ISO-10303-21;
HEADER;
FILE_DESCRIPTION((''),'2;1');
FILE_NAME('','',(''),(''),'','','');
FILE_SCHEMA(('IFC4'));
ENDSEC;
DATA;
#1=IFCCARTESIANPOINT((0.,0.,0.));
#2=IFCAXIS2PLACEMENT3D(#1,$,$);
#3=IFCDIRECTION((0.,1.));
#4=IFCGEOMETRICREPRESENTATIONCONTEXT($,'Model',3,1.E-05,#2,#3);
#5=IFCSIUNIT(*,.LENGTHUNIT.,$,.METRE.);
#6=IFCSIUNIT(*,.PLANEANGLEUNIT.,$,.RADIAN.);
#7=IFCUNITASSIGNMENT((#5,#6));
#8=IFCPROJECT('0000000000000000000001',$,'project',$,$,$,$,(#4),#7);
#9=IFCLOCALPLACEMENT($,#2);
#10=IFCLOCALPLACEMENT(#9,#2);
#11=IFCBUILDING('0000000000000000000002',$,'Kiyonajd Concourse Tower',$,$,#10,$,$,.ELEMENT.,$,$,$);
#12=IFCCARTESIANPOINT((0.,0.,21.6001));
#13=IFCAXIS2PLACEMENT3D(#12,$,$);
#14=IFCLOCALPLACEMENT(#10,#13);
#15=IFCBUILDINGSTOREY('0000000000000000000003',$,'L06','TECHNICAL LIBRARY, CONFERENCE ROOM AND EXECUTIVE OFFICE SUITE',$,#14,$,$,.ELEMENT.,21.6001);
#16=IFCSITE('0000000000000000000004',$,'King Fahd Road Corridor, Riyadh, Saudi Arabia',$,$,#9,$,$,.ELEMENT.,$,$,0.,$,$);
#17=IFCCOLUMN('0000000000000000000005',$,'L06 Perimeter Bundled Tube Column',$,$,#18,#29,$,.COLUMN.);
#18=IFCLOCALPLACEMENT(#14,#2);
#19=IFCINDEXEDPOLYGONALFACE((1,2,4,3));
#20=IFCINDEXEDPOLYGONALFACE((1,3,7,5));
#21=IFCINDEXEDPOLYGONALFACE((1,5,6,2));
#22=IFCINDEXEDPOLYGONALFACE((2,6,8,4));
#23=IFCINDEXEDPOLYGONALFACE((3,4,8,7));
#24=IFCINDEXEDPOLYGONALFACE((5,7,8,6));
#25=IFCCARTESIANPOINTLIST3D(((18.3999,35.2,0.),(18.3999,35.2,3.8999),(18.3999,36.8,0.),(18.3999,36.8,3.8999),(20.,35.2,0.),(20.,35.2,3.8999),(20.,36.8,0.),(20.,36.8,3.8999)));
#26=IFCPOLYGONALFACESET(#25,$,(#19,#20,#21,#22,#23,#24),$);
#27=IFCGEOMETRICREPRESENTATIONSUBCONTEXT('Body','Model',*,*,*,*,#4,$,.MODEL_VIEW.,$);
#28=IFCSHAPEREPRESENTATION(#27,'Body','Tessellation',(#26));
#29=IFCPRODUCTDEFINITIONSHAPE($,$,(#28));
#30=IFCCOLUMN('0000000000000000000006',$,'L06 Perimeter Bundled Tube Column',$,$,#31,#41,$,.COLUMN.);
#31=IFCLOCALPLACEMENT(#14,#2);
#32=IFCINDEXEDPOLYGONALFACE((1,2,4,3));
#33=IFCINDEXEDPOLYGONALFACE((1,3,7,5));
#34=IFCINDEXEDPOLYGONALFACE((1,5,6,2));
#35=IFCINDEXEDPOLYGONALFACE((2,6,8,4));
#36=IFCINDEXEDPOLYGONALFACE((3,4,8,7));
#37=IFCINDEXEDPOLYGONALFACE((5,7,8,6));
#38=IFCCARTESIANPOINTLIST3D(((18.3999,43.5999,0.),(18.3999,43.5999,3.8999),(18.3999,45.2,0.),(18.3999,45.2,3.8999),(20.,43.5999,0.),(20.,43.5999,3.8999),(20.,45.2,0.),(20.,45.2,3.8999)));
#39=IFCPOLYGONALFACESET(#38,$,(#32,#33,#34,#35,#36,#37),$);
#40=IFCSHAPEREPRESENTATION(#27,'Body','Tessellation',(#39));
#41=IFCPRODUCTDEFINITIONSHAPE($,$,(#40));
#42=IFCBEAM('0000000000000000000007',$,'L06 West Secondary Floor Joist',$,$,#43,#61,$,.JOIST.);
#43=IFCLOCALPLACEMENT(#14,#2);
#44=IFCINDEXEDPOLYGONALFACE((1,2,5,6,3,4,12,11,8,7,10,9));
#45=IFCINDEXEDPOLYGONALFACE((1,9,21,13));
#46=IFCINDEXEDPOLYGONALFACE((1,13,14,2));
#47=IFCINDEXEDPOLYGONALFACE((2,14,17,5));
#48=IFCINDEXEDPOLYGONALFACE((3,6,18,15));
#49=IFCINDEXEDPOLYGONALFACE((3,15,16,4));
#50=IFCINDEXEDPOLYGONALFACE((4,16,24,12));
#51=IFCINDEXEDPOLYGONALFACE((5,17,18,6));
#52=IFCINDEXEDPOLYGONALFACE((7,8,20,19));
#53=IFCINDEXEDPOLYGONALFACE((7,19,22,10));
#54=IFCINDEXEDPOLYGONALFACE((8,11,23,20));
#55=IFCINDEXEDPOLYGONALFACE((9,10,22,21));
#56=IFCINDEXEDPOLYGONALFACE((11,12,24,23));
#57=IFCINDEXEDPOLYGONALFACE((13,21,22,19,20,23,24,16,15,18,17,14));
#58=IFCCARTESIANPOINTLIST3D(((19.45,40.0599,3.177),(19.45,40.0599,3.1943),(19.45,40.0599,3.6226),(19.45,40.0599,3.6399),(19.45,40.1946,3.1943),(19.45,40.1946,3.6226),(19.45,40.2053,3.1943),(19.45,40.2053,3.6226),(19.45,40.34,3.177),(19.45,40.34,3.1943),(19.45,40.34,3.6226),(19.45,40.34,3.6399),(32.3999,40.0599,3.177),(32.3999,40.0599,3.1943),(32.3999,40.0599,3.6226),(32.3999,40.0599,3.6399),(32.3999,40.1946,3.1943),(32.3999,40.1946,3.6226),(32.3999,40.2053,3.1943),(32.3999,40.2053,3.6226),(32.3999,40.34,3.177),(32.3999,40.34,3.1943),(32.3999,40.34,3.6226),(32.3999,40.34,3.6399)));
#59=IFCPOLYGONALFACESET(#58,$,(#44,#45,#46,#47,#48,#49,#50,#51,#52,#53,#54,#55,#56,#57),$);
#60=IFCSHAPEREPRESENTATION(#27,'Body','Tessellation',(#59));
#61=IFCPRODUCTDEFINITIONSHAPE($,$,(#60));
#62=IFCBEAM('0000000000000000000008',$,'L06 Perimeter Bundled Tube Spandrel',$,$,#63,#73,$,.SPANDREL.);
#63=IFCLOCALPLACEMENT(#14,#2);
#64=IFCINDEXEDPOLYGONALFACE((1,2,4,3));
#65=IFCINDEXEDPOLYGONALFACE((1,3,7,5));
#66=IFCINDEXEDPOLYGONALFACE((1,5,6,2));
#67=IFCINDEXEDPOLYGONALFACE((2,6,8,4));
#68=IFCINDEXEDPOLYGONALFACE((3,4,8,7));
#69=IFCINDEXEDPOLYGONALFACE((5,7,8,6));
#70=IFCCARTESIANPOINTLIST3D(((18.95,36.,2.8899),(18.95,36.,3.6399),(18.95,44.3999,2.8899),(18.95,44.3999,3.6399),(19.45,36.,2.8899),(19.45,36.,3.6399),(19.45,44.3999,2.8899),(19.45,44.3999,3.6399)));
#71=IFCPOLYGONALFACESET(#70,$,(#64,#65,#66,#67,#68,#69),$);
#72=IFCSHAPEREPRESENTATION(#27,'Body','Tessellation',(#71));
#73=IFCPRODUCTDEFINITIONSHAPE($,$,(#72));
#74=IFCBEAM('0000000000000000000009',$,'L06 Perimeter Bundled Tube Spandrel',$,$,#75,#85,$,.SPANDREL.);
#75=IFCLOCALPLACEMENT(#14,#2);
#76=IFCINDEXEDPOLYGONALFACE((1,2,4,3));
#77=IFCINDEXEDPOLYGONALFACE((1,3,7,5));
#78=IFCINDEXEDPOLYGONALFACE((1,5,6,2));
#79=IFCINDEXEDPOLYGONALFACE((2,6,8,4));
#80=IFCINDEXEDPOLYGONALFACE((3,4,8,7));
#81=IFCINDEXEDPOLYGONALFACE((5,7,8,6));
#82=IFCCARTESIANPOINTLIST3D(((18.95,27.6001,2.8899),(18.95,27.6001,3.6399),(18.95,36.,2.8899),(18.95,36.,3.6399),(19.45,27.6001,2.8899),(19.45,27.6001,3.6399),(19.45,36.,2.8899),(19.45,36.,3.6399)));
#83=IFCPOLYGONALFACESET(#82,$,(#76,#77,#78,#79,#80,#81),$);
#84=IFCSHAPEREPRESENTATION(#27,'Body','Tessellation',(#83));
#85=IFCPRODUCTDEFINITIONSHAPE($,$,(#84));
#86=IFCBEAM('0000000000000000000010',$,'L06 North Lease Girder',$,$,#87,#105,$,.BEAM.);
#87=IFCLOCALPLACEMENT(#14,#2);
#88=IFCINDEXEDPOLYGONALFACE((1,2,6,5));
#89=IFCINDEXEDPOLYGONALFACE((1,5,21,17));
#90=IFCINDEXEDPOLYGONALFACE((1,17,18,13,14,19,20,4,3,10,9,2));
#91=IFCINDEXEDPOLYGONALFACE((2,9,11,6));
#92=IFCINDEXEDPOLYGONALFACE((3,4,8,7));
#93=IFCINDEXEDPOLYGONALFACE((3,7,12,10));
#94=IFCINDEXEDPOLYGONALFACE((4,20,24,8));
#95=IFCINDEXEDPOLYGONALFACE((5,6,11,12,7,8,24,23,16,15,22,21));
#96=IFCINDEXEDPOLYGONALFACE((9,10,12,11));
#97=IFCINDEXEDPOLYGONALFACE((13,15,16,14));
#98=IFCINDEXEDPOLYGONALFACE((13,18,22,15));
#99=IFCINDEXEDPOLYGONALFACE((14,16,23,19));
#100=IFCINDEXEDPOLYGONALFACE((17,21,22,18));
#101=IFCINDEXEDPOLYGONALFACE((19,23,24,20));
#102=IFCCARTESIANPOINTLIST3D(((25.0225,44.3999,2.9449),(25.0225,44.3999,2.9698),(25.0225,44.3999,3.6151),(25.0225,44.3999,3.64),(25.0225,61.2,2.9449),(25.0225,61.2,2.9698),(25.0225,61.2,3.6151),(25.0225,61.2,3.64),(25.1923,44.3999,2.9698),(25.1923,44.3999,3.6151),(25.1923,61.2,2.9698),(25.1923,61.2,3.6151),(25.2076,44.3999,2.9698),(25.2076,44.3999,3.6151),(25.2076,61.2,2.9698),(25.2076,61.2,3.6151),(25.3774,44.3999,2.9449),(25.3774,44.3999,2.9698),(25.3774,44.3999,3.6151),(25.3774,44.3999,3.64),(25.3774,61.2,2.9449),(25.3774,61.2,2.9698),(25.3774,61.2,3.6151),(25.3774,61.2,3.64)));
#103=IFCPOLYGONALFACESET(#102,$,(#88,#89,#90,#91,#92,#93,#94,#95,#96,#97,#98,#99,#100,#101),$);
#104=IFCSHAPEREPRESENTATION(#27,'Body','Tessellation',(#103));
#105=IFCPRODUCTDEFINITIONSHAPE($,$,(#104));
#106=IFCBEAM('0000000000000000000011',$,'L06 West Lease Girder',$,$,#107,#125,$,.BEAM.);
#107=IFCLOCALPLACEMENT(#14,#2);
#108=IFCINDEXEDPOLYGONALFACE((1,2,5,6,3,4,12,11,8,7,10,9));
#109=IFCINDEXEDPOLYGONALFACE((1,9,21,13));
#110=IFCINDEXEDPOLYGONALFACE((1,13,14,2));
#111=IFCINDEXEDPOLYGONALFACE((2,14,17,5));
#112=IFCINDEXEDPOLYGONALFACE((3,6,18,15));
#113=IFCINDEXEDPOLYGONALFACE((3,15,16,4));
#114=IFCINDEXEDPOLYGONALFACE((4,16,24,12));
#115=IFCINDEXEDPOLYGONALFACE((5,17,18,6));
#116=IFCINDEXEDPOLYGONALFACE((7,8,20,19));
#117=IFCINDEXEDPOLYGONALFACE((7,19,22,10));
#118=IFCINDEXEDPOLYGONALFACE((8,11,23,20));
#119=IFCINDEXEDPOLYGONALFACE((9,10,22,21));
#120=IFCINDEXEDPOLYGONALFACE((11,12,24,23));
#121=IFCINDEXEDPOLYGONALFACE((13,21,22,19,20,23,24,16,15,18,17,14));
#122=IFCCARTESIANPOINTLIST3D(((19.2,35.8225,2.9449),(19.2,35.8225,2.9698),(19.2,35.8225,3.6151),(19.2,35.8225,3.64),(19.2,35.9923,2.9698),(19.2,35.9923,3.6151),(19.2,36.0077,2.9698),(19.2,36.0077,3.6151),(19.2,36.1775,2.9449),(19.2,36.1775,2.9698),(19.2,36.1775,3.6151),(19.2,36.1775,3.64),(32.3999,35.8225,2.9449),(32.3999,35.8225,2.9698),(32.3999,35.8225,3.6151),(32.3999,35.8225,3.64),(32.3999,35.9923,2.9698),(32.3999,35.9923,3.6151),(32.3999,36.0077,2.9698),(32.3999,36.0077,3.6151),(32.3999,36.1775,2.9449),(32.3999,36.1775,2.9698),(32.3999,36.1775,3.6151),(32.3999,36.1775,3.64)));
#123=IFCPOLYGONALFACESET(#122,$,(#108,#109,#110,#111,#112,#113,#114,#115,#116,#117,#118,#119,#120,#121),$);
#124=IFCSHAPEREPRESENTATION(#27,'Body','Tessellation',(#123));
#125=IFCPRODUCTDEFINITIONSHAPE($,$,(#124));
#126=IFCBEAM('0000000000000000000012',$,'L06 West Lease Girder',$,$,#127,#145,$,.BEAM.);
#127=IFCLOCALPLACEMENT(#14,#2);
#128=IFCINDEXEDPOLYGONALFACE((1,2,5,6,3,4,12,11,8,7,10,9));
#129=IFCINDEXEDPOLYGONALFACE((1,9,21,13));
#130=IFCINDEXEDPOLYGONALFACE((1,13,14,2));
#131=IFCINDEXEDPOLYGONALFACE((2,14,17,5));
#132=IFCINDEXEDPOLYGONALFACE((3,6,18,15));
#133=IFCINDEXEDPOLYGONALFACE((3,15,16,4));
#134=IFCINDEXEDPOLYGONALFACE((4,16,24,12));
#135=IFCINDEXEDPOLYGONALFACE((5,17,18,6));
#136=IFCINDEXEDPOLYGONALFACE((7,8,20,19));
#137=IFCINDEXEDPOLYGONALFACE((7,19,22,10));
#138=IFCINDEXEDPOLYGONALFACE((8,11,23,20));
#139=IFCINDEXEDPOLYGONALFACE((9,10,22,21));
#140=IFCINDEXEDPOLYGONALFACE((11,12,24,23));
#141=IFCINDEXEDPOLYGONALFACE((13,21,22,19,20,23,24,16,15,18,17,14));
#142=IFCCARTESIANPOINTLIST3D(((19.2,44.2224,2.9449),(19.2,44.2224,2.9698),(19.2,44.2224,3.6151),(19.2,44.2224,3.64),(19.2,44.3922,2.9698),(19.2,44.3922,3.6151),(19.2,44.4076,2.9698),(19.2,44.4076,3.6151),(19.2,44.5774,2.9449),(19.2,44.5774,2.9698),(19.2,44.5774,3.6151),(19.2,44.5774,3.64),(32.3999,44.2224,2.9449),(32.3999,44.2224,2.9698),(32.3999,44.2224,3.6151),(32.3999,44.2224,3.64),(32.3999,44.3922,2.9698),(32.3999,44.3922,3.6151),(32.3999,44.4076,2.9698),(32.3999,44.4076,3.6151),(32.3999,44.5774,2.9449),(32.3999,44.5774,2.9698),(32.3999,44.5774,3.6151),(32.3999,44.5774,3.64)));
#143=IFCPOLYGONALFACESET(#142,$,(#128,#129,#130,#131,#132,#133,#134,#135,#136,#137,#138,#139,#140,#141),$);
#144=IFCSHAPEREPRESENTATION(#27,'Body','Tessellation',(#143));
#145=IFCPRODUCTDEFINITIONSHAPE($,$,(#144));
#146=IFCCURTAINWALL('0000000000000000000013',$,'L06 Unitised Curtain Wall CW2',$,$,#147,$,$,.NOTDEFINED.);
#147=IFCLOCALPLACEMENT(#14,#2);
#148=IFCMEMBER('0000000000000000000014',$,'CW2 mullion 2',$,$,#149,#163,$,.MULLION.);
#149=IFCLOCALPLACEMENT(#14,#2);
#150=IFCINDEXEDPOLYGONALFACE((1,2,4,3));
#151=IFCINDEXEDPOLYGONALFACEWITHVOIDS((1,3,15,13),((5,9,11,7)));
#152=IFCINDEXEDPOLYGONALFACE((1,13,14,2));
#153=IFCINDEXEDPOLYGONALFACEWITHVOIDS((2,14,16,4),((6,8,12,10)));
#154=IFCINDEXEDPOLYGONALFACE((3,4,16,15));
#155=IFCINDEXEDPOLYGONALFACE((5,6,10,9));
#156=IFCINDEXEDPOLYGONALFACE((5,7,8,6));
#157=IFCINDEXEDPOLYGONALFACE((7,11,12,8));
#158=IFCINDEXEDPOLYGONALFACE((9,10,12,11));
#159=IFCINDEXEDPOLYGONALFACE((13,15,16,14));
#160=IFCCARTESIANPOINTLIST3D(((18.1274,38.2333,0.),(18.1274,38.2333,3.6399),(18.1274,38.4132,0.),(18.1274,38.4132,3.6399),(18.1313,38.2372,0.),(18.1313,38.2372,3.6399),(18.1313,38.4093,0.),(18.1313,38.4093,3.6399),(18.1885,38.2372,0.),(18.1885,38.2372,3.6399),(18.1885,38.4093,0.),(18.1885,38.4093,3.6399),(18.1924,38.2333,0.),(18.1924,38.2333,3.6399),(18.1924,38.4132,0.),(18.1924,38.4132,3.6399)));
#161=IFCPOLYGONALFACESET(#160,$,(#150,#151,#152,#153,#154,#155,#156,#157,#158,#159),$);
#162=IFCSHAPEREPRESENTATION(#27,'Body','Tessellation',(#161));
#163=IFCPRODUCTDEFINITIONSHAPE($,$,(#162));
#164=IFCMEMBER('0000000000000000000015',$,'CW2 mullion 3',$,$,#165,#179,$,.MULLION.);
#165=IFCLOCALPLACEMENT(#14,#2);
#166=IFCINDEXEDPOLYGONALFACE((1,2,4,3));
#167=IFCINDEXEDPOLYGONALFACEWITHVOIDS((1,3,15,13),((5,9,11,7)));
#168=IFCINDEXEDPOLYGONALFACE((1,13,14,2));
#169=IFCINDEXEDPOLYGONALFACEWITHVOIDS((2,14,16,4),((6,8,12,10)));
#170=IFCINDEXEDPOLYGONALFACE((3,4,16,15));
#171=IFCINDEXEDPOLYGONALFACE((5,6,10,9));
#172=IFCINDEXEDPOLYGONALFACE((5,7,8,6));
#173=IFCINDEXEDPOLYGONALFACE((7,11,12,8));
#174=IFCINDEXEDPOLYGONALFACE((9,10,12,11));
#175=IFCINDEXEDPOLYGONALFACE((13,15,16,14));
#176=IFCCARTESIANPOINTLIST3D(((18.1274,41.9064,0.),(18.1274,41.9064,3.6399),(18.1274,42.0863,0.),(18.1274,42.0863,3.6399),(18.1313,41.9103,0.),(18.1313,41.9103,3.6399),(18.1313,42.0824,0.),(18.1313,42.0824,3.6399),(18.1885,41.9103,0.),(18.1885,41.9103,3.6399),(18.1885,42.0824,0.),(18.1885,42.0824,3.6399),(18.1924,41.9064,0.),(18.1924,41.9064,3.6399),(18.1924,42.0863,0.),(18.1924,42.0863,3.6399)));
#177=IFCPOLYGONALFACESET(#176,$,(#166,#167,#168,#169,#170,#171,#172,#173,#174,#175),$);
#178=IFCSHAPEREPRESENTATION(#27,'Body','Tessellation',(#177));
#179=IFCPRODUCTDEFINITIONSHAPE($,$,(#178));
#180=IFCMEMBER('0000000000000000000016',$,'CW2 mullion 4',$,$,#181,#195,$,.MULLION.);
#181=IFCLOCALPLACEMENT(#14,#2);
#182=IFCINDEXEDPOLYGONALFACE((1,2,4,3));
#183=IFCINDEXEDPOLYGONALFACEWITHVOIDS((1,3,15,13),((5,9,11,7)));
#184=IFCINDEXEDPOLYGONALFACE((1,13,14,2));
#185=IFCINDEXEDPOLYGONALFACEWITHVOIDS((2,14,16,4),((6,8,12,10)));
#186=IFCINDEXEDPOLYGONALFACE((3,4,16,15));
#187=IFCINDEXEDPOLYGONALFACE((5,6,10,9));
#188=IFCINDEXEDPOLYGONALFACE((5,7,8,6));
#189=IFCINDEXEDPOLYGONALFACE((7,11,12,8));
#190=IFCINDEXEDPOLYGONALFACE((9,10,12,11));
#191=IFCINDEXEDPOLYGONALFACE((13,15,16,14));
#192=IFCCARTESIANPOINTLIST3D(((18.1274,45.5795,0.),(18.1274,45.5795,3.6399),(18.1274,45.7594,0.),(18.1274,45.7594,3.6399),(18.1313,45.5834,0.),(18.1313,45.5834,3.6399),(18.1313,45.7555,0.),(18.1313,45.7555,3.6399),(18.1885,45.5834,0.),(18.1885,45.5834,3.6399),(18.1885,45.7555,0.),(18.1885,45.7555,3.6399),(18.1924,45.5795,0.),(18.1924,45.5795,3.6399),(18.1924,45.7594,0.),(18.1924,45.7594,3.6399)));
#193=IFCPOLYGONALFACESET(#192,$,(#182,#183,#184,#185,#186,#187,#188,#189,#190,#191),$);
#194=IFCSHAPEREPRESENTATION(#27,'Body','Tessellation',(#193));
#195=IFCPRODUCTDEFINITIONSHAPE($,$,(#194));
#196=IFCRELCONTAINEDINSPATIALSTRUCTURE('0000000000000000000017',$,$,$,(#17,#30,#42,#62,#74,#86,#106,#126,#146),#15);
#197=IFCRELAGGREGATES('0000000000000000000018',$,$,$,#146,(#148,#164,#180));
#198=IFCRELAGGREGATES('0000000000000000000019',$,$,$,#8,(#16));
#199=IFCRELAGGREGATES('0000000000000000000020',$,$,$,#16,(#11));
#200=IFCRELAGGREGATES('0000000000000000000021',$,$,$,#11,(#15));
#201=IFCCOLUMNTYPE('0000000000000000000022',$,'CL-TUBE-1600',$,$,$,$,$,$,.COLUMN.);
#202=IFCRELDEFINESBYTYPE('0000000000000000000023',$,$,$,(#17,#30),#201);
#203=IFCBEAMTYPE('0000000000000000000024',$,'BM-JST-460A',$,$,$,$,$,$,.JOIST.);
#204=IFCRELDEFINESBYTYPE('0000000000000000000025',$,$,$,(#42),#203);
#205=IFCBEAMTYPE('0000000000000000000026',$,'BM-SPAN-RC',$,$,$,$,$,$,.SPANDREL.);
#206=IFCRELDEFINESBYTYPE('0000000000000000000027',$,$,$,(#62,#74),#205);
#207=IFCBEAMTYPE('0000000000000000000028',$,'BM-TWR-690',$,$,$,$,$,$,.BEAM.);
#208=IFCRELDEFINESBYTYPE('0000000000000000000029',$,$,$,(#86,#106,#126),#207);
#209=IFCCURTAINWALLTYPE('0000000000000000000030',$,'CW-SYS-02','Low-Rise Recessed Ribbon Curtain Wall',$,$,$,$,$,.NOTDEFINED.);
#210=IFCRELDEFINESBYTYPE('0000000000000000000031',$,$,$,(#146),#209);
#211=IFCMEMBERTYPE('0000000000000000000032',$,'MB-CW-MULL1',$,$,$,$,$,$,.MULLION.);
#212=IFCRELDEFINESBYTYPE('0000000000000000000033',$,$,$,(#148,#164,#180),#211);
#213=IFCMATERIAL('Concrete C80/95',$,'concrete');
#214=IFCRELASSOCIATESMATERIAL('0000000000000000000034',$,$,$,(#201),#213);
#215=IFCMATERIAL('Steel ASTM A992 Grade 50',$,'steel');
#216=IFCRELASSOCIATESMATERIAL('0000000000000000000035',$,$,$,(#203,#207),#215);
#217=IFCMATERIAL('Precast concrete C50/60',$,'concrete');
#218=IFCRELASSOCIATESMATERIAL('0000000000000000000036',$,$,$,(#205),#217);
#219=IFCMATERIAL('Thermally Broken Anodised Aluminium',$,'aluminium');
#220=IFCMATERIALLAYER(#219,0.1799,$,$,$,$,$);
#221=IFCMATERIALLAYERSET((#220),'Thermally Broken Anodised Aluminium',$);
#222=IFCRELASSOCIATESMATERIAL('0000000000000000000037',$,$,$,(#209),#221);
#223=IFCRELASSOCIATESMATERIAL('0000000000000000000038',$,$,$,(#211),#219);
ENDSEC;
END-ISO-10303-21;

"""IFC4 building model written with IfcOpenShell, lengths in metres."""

from ifc_helpers import new_model, si_unit, direction, frame, origin, origin_2d, place, context, subcontext, project, spatial, rectangle, hollow_rectangle, i_section, extrude, material, layer, layer_set, material_profile, profile_set, type_object, element, aggregate, save


model = new_model("IFC4")

# Units and contexts
model_context = context("Model", 3, precision=1e-05, world=origin(), true_north=direction((0.0, 1.0)))
body_context = subcontext(model_context, "Body", "Model", "MODEL_VIEW")
ifc_project = project(units=[si_unit("LENGTHUNIT", "METRE"), si_unit("PLANEANGLEUNIT", "RADIAN")], contexts=[model_context])

# Site, building, storey
site_placement = place(None, origin())
site = spatial("IfcSite", under=ifc_project, at=site_placement, Name="King Fahd Road Corridor, Riyadh, Saudi Arabia", CompositionType="ELEMENT", RefElevation=0.0)
building_placement = place(site_placement, origin())
building = spatial("IfcBuilding", under=site, at=building_placement, Name="Kiyonajd Concourse Tower", CompositionType="ELEMENT")
storey_placement = place(building_placement, frame((0.0, 0.0, 21.6001)))
storey = spatial("IfcBuildingStorey", under=building, at=storey_placement, Name="L06", Description="TECHNICAL LIBRARY, CONFERENCE ROOM AND EXECUTIVE OFFICE SUITE", CompositionType="ELEMENT", Elevation=21.6001)

# Columns
ifc_material_1 = material(Name="Concrete C80/95", Category="concrete")
ifc_material_profile_1 = material_profile(ifc_material_1, rectangle(XDim=1.6001, YDim=1.6001, at=origin_2d()), Name="RC-1600x1600")
ifc_profile_set_1 = profile_set([ifc_material_profile_1], Name="Concrete C80/95")
column_type = type_object("IfcColumnType", Name="CL-TUBE-1600", PredefinedType="COLUMN", material=ifc_profile_set_1)
for number, where, z_axis, x_axis, name in (
    (1, (19.2, 36.0, 0.0), (0.0, 0.0, 1.0), (1.0, 0.0, 0.0), "L06 Perimeter Bundled Tube Column"),
    (2, (19.2, 44.3999, 0.0), (0.0, 0.0, 1.0), (1.0, 0.0, 0.0), "L06 Perimeter Bundled Tube Column"),
):
    element("IfcColumn", number, at=place(storey_placement, frame(where, z_axis=z_axis, x_axis=x_axis)), inside=storey, type_object=column_type, Name=name, PredefinedType="COLUMN", context=body_context, shape_type="SweptSolid", body=[
        extrude(rectangle(XDim=1.6001, YDim=1.6001, at=origin_2d()), origin(), (0.0, 0.0, 1.0), 3.8999),
    ])

# Beams
ifc_material_2 = material(Name="Steel ASTM A992 Grade 50", Category="steel")
ifc_material_profile_2 = material_profile(ifc_material_2, i_section(OverallWidth=0.28, OverallDepth=0.4629, WebThickness=0.0107, FlangeThickness=0.0173, at=origin_2d()), Name="W460X113")
ifc_profile_set_2 = profile_set([ifc_material_profile_2], Name="Steel ASTM A992 Grade 50")
beam_type_1 = type_object("IfcBeamType", Name="BM-JST-460A", PredefinedType="JOIST", material=ifc_profile_set_2)
beam_1_placement = place(storey_placement, frame((19.45, 40.2, 3.4084), z_axis=(1.0, 0.0, 0.0), x_axis=(0.0, 1.0, 0.0)))
element("IfcBeam", 3, at=beam_1_placement, inside=storey, type_object=beam_type_1, Name="L06 West Secondary Floor Joist", PredefinedType="JOIST", context=body_context, shape_type="SweptSolid", body=[
    extrude(i_section(OverallWidth=0.28, OverallDepth=0.4629, WebThickness=0.0107, FlangeThickness=0.0173, at=origin_2d()), origin(), (0.0, 0.0, 1.0), 12.95),
])
ifc_material_3 = material(Name="Precast concrete C50/60", Category="concrete")
ifc_material_profile_3 = material_profile(ifc_material_3, rectangle(XDim=0.5, YDim=0.75, at=origin_2d()), Name="RCBM-500x750")
ifc_profile_set_3 = profile_set([ifc_material_profile_3], Name="Precast concrete C50/60")
beam_type_2 = type_object("IfcBeamType", Name="BM-SPAN-RC", PredefinedType="SPANDREL", material=ifc_profile_set_3)
for number, where, z_axis, x_axis, name in (
    (4, (19.2, 44.3999, 3.2649), (0.0, -1.0, 0.0), (1.0, 0.0, 0.0), "L06 Perimeter Bundled Tube Spandrel"),
    (5, (19.2, 36.0, 3.2649), (0.0, -1.0, 0.0), (1.0, 0.0, 0.0), "L06 Perimeter Bundled Tube Spandrel"),
):
    element("IfcBeam", number, at=place(storey_placement, frame(where, z_axis=z_axis, x_axis=x_axis)), inside=storey, type_object=beam_type_2, Name=name, PredefinedType="SPANDREL", context=body_context, shape_type="SweptSolid", body=[
        extrude(rectangle(XDim=0.5, YDim=0.75, at=origin_2d()), origin(), (0.0, 0.0, 1.0), 8.3999),
    ])
ifc_material_profile_4 = material_profile(ifc_material_2, i_section(OverallWidth=0.355, OverallDepth=0.6951, WebThickness=0.0154, FlangeThickness=0.0249, at=origin_2d()), Name="W690X217")
ifc_profile_set_4 = profile_set([ifc_material_profile_4], Name="Steel ASTM A992 Grade 50")
beam_type_3 = type_object("IfcBeamType", Name="BM-TWR-690", PredefinedType="BEAM", material=ifc_profile_set_4)
beam_2_placement = place(storey_placement, frame((25.2, 44.3999, 3.2925), z_axis=(0.0, 1.0, 0.0), x_axis=(-1.0, 0.0, 0.0)))
element("IfcBeam", 6, at=beam_2_placement, inside=storey, type_object=beam_type_3, Name="L06 North Lease Girder", PredefinedType="BEAM", context=body_context, shape_type="SweptSolid", body=[
    extrude(i_section(OverallWidth=0.355, OverallDepth=0.6951, WebThickness=0.0154, FlangeThickness=0.0249, at=origin_2d()), origin(), (0.0, 0.0, 1.0), 16.8),
])
for number, where, z_axis, x_axis, name in (
    (7, (19.2, 36.0, 3.2925), (1.0, 0.0, 0.0), (0.0, 1.0, 0.0), "L06 West Lease Girder"),
    (8, (19.2, 44.3999, 3.2925), (1.0, 0.0, 0.0), (0.0, 1.0, 0.0), "L06 West Lease Girder"),
):
    element("IfcBeam", number, at=place(storey_placement, frame(where, z_axis=z_axis, x_axis=x_axis)), inside=storey, type_object=beam_type_3, Name=name, PredefinedType="BEAM", context=body_context, shape_type="SweptSolid", body=[
        extrude(i_section(OverallWidth=0.355, OverallDepth=0.6951, WebThickness=0.0154, FlangeThickness=0.0249, at=origin_2d()), origin(), (0.0, 0.0, 1.0), 13.2),
    ])

# Curtain wall, members
ifc_material_4 = material(Name="Thermally Broken Anodised Aluminium", Category="aluminium")
ifc_layer_1 = layer(ifc_material_4, 0.1799)
ifc_layer_set_1 = layer_set([ifc_layer_1], Name="Thermally Broken Anodised Aluminium")
curtain_wall_type = type_object("IfcCurtainWallType", Name="CW-SYS-02", Description="Low-Rise Recessed Ribbon Curtain Wall", PredefinedType="NOTDEFINED", material=ifc_layer_set_1)
curtain_wall_placement = place(storey_placement, origin())
curtain_wall = element("IfcCurtainWall", 9, at=curtain_wall_placement, inside=storey, type_object=curtain_wall_type, Name="L06 Unitised Curtain Wall CW2", PredefinedType="NOTDEFINED")
ifc_material_profile_5 = material_profile(ifc_material_4, hollow_rectangle(XDim=0.0649, YDim=0.1799, WallThickness=0.0039, at=origin_2d()), Name="MULL-65x180")
ifc_profile_set_5 = profile_set([ifc_material_profile_5], Name="Thermally Broken Anodised Aluminium")
member_type_1 = type_object("IfcMemberType", Name="MB-CW-MULL1", PredefinedType="MULLION", material=ifc_profile_set_5)
member_1_placement = place(storey_placement, frame((18.1599, 38.3232, 0.0), z_axis=(0.0, 0.0, 1.0), x_axis=(-1.0, 0.0, 0.0)))
member_1 = element("IfcMember", 10, at=member_1_placement, type_object=member_type_1, Name="CW2 mullion 2", PredefinedType="MULLION", context=body_context, shape_type="SweptSolid", body=[
    extrude(hollow_rectangle(XDim=0.0649, YDim=0.1799, WallThickness=0.0039, at=origin_2d()), origin(), (0.0, 0.0, 1.0), 3.6399),
])
member_2_placement = place(storey_placement, frame((18.1599, 41.9963, 0.0), z_axis=(0.0, 0.0, 1.0), x_axis=(-1.0, 0.0, 0.0)))
member_2 = element("IfcMember", 11, at=member_2_placement, type_object=member_type_1, Name="CW2 mullion 3", PredefinedType="MULLION", context=body_context, shape_type="SweptSolid", body=[
    extrude(hollow_rectangle(XDim=0.0649, YDim=0.1799, WallThickness=0.0039, at=origin_2d()), origin(), (0.0, 0.0, 1.0), 3.6399),
])
member_3_placement = place(storey_placement, frame((18.1599, 45.6694, 0.0), z_axis=(0.0, 0.0, 1.0), x_axis=(-1.0, 0.0, 0.0)))
member_3 = element("IfcMember", 12, at=member_3_placement, type_object=member_type_1, Name="CW2 mullion 4", PredefinedType="MULLION", context=body_context, shape_type="SweptSolid", body=[
    extrude(hollow_rectangle(XDim=0.0649, YDim=0.1799, WallThickness=0.0039, at=origin_2d()), origin(), (0.0, 0.0, 1.0), 3.6399),
])
aggregate(curtain_wall, [member_1, member_2, member_3])

save(model, "model.ifc")
